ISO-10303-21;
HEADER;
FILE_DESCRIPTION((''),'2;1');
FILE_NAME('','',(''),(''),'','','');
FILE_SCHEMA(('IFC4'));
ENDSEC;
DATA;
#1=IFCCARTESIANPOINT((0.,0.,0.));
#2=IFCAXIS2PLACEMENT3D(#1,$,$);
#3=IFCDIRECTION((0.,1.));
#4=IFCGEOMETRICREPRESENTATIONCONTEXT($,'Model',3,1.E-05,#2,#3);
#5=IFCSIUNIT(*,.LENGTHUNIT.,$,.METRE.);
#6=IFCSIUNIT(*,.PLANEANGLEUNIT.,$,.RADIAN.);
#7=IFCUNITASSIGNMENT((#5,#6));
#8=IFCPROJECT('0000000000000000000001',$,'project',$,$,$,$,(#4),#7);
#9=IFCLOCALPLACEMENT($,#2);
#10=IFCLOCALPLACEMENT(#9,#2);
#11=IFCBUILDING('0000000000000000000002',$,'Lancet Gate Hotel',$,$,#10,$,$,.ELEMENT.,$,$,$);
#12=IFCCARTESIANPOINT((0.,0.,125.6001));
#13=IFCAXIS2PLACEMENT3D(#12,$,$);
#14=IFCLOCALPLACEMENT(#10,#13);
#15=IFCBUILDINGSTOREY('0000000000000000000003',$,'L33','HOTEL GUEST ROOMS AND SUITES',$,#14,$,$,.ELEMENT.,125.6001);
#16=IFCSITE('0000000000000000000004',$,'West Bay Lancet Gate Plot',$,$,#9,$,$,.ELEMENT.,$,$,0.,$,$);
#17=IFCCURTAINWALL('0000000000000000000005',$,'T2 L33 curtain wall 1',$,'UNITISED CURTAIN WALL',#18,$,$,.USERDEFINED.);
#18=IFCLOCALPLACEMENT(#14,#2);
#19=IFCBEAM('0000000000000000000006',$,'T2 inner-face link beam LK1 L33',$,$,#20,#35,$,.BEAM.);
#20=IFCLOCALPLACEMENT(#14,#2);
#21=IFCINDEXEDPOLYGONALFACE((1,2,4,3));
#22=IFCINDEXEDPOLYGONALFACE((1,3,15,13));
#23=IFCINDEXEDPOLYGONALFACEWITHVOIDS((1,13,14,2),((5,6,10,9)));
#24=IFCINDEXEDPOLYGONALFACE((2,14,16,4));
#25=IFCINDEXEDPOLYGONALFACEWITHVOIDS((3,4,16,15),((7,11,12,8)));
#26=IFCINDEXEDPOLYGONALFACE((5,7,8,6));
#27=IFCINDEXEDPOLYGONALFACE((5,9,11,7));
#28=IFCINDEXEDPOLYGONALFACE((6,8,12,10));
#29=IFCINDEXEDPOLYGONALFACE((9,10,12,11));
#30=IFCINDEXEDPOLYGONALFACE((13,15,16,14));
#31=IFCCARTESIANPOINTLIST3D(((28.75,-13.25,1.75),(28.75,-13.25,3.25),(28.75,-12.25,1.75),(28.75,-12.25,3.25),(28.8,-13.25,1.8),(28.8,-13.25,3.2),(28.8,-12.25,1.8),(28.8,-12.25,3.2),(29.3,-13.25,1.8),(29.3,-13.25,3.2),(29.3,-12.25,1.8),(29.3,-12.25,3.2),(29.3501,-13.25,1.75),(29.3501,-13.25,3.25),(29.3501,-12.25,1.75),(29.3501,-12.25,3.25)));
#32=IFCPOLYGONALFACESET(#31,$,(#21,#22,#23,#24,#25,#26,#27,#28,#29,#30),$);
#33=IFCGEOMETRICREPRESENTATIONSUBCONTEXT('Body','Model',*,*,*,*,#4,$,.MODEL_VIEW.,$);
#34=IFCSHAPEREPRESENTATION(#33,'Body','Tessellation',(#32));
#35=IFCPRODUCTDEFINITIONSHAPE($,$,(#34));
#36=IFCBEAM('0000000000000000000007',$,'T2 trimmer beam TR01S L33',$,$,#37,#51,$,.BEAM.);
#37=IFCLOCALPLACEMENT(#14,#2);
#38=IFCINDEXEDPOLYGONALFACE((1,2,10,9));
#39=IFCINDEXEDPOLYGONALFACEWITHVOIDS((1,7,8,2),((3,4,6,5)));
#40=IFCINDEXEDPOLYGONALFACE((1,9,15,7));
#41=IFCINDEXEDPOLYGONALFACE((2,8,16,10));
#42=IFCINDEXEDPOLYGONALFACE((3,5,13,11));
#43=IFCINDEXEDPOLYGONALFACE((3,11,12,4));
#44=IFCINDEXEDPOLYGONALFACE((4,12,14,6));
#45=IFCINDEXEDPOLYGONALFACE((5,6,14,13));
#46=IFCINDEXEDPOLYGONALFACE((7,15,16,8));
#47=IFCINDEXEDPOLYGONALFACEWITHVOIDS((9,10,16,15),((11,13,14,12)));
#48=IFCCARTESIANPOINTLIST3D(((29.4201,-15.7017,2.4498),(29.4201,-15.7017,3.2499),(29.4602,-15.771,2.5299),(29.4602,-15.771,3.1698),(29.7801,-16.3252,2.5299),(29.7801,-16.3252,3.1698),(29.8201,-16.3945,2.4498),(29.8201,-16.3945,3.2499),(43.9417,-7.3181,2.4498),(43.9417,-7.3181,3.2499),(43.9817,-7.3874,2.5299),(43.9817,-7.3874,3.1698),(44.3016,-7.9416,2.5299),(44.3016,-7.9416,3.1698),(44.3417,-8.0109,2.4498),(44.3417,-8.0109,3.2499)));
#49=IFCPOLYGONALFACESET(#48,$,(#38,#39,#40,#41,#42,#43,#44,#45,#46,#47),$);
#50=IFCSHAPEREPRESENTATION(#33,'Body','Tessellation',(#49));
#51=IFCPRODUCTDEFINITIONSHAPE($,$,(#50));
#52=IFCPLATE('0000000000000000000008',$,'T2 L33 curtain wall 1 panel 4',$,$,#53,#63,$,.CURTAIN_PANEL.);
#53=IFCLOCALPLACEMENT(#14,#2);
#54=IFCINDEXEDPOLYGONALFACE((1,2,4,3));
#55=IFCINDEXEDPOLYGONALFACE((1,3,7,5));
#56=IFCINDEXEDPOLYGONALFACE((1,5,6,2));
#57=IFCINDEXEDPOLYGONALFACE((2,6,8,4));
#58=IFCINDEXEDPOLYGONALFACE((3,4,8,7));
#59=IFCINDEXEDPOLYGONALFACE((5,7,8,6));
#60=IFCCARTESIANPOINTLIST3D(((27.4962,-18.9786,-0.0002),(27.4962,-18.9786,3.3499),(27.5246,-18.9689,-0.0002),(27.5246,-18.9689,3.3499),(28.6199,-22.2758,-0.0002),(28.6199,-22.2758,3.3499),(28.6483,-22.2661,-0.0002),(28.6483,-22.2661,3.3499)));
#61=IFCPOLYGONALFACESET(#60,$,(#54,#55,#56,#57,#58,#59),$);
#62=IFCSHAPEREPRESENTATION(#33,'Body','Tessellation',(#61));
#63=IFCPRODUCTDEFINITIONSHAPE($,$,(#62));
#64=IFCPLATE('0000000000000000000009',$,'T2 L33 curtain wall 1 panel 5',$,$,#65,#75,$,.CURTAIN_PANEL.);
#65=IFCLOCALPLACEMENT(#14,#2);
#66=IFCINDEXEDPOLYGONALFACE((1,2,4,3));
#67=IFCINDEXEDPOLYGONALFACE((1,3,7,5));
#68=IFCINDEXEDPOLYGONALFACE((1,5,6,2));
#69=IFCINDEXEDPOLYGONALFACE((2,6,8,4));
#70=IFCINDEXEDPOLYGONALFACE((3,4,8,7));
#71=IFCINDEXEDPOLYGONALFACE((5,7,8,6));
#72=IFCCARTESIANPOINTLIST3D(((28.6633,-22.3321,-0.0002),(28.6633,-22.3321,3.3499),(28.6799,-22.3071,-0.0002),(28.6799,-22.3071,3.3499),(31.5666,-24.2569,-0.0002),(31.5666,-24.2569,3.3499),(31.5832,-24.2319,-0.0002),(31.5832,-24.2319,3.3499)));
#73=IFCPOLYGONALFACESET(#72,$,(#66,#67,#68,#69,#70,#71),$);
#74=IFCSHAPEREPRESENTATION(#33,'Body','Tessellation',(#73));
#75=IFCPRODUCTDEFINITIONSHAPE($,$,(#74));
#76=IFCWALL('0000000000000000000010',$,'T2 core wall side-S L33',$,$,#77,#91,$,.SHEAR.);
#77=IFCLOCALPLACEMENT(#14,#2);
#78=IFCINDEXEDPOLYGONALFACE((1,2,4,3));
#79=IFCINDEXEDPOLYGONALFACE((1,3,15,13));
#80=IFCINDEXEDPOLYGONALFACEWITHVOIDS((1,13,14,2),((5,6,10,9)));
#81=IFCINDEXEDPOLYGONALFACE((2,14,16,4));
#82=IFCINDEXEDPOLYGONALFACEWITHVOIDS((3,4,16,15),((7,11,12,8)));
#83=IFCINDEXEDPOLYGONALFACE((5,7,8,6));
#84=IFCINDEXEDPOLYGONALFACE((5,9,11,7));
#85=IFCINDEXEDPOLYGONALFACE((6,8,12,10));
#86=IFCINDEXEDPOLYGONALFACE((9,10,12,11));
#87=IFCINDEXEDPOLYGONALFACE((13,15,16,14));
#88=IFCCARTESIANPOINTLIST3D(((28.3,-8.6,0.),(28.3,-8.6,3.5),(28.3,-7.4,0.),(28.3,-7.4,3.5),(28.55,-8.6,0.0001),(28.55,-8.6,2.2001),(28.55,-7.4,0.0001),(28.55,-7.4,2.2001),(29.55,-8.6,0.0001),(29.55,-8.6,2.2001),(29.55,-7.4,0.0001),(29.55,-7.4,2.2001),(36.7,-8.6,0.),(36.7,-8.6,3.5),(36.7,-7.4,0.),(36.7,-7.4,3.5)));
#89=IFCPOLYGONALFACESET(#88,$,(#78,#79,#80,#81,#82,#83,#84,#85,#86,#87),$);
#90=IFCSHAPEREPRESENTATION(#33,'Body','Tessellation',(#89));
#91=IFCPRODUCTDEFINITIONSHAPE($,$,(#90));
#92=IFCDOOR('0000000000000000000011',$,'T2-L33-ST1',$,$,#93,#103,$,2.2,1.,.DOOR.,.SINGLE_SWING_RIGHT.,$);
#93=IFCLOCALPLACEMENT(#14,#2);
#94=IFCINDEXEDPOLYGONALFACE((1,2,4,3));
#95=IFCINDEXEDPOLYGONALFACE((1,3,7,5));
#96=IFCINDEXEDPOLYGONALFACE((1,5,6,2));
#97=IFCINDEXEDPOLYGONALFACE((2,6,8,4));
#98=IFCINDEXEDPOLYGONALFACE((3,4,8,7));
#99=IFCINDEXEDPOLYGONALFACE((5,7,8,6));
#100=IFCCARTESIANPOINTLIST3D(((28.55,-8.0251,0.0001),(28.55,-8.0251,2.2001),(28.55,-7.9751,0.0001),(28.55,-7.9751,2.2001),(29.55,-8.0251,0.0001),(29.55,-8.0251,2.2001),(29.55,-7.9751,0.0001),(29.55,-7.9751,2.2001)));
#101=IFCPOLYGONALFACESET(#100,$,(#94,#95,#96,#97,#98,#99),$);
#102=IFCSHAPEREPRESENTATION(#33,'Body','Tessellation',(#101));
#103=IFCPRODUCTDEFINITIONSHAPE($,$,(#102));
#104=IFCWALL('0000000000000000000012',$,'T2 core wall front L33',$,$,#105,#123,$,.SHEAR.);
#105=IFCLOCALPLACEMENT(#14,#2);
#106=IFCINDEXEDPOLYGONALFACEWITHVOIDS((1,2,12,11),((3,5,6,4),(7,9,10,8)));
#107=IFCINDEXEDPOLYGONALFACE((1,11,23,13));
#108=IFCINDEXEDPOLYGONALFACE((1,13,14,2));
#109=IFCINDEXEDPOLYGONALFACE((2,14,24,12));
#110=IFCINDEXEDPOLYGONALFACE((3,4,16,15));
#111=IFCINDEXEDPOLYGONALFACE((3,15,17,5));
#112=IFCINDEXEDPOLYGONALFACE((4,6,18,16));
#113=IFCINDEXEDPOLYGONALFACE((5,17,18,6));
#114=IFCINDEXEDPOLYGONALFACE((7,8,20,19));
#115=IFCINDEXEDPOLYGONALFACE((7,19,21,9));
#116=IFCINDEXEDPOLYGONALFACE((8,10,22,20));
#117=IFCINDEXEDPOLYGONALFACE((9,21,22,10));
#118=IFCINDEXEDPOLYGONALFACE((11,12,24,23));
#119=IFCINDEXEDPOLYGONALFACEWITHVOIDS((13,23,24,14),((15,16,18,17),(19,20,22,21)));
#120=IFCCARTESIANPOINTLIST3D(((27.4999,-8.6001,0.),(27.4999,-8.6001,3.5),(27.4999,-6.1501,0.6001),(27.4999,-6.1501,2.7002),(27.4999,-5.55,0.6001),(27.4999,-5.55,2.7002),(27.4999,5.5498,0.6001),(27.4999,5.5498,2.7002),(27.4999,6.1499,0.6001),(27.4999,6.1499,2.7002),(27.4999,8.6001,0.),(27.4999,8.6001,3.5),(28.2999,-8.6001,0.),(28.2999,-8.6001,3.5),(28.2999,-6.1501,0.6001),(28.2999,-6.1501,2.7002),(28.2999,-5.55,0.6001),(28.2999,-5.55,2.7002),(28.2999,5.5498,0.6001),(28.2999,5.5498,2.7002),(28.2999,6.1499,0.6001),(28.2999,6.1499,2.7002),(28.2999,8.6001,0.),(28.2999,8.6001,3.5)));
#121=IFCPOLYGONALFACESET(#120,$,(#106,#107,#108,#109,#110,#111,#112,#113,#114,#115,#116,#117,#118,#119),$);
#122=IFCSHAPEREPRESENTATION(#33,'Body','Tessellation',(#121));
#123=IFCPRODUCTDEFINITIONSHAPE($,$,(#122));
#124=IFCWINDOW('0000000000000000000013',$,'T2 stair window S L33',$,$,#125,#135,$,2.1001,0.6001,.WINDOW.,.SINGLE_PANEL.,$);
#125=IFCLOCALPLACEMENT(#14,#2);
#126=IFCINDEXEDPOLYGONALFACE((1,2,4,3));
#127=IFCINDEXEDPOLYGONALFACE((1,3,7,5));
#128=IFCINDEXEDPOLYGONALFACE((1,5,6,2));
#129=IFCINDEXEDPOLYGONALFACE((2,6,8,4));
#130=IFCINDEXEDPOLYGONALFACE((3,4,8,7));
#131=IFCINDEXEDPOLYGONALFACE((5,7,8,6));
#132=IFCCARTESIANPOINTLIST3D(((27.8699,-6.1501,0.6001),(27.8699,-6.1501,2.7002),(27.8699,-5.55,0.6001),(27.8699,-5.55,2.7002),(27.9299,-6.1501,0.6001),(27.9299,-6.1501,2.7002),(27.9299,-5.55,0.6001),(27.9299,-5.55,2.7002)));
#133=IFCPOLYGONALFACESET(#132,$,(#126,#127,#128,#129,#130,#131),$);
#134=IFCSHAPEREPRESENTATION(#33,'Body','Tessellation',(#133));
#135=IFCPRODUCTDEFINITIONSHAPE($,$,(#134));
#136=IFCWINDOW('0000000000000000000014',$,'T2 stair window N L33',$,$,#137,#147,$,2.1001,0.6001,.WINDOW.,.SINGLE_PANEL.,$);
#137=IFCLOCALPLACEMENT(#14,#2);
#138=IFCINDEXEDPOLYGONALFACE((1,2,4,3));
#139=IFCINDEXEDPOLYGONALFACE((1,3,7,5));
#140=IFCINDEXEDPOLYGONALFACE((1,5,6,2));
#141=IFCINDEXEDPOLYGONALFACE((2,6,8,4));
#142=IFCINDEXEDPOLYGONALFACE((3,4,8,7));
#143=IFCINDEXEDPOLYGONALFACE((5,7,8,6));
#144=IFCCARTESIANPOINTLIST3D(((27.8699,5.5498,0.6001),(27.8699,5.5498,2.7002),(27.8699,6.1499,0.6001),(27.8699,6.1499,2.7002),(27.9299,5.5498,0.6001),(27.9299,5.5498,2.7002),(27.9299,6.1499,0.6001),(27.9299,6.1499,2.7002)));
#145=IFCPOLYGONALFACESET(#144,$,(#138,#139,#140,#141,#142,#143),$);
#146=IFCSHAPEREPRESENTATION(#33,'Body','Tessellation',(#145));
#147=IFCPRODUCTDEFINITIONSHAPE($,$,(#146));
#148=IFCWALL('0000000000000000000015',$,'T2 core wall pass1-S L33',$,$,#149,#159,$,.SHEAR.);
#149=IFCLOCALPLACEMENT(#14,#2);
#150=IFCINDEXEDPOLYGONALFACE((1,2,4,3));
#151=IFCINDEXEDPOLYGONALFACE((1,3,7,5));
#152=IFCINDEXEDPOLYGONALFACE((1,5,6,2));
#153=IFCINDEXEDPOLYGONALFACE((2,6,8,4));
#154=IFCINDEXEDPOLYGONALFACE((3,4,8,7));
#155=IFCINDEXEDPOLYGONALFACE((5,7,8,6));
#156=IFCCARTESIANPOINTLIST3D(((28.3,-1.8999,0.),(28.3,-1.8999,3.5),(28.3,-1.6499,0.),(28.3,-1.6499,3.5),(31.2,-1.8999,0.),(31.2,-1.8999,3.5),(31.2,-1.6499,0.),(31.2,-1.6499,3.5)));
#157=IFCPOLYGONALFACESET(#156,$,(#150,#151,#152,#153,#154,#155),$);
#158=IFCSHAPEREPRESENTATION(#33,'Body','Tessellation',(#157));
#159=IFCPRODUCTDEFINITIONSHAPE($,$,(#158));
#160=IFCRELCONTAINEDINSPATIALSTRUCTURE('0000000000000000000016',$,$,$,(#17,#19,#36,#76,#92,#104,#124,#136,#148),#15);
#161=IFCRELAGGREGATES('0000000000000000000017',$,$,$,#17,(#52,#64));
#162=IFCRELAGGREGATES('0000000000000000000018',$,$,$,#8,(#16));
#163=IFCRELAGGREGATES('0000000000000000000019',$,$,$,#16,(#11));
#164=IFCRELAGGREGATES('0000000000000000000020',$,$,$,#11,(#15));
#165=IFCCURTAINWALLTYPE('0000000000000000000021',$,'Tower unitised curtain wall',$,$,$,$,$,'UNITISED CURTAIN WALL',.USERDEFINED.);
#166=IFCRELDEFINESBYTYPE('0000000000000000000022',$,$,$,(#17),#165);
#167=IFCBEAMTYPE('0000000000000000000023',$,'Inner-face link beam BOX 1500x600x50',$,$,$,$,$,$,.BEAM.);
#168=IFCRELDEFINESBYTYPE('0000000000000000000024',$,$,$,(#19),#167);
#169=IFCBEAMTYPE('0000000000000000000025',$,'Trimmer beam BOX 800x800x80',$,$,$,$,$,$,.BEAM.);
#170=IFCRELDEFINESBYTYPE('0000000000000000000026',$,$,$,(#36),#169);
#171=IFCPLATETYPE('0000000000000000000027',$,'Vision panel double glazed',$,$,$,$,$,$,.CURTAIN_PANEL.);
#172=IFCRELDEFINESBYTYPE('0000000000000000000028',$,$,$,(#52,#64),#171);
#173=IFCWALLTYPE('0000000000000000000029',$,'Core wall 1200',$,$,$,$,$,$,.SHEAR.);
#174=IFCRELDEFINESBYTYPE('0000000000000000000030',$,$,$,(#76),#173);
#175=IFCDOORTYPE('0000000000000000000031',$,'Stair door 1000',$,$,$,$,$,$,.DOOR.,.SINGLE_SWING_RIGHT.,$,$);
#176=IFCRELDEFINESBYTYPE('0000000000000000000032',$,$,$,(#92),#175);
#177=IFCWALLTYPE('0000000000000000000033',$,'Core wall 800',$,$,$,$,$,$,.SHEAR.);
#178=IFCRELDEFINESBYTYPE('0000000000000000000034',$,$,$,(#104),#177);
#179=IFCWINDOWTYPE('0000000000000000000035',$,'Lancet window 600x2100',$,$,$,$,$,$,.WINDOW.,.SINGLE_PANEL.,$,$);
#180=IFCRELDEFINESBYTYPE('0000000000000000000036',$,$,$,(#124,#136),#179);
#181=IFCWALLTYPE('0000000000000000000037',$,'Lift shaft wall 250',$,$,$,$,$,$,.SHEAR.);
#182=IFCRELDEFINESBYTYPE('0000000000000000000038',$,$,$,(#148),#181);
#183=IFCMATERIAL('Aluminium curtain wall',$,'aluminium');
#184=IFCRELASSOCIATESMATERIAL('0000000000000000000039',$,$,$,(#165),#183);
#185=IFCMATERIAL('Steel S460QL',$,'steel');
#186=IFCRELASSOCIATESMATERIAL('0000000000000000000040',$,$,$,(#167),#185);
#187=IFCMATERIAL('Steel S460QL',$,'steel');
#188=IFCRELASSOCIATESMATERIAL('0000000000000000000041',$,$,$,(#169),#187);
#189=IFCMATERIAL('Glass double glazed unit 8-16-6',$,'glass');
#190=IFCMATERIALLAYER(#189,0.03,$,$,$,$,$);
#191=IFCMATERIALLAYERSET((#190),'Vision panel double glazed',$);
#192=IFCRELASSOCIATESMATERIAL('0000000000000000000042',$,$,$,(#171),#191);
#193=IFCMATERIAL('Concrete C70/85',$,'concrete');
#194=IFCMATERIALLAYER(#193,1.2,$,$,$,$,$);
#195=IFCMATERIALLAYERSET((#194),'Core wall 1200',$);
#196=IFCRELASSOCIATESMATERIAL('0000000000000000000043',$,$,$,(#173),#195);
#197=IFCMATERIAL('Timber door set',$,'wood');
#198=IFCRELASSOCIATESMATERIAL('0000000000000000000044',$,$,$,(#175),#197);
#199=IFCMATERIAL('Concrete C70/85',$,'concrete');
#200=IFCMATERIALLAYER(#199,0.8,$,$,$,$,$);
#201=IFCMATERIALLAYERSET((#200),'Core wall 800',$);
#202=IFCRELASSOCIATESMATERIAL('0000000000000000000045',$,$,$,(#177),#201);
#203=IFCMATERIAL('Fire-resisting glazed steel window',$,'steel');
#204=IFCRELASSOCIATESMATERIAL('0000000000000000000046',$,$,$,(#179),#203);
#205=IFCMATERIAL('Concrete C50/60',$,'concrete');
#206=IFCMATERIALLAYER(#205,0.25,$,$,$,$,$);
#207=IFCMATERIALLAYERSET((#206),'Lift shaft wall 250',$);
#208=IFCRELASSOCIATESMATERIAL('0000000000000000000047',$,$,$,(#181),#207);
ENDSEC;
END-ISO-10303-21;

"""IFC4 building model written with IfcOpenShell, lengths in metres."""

from ifc_helpers import new_model, si_unit, direction, frame, frame_2d, origin, origin_2d, place, context, subcontext, project, spatial, rectangle, hollow_rectangle, extrude, material, layer, layer_set, material_profile, profile_set, type_object, element, fill, aggregate, save


model = new_model("IFC4")

# Units and contexts
model_context = context("Model", 3, precision=1e-05, world=origin(), true_north=direction((0.0, 1.0)))
body_context = subcontext(model_context, "Body", "Model", "MODEL_VIEW")
ifc_project = project(units=[si_unit("LENGTHUNIT", "METRE"), si_unit("PLANEANGLEUNIT", "RADIAN")], contexts=[model_context])

# Site, building, storey
site_placement = place(None, origin())
site = spatial("IfcSite", under=ifc_project, at=site_placement, Name="West Bay Lancet Gate Plot", CompositionType="ELEMENT", RefElevation=0.0)
building_placement = place(site_placement, origin())
building = spatial("IfcBuilding", under=site, at=building_placement, Name="Lancet Gate Hotel", CompositionType="ELEMENT")
storey_placement = place(building_placement, frame((0.0, 0.0, 125.6001)))
storey = spatial("IfcBuildingStorey", under=building, at=storey_placement, Name="L33", Description="HOTEL GUEST ROOMS AND SUITES", CompositionType="ELEMENT", Elevation=125.6001)

# Curtain wall
ifc_material_1 = material(Name="Aluminium curtain wall", Category="aluminium")
curtain_wall_type = type_object("IfcCurtainWallType", Name="Tower unitised curtain wall", ElementType="UNITISED CURTAIN WALL", PredefinedType="USERDEFINED", material=ifc_material_1)
curtain_wall_placement = place(storey_placement, origin())
curtain_wall = element("IfcCurtainWall", 1, at=curtain_wall_placement, inside=storey, type_object=curtain_wall_type, Name="T2 L33 curtain wall 1", ObjectType="UNITISED CURTAIN WALL", PredefinedType="USERDEFINED")

# Beams
ifc_material_2 = material(Name="Steel S460QL", Category="steel")
ifc_material_profile_1 = material_profile(ifc_material_2, hollow_rectangle(XDim=0.6001, YDim=1.5, WallThickness=0.05, at=origin_2d()), Name="BOX 1500x600x50")
ifc_profile_set_1 = profile_set([ifc_material_profile_1], Name="Steel S460QL")
beam_type_1 = type_object("IfcBeamType", Name="Inner-face link beam BOX 1500x600x50", PredefinedType="BEAM", material=ifc_profile_set_1)
beam_1_placement = place(storey_placement, frame((29.05, -13.25, 2.5), z_axis=(0.0, 1.0, 0.0), x_axis=(-1.0, 0.0, 0.0)))
element("IfcBeam", 2, at=beam_1_placement, inside=storey, type_object=beam_type_1, Name="T2 inner-face link beam LK1 L33", PredefinedType="BEAM", context=body_context, shape_type="SweptSolid", body=[
    extrude(hollow_rectangle(XDim=0.6001, YDim=1.5, WallThickness=0.05, at=origin_2d()), origin(), (0.0, 0.0, 1.0), 1.0),
])
ifc_material_3 = material(Name="Steel S460QL", Category="steel")
ifc_material_profile_2 = material_profile(ifc_material_3, hollow_rectangle(XDim=0.8, YDim=0.8, WallThickness=0.0801, at=origin_2d()), Name="BOX 800x800x80")
ifc_profile_set_2 = profile_set([ifc_material_profile_2], Name="Steel S460QL")
beam_type_2 = type_object("IfcBeamType", Name="Trimmer beam BOX 800x800x80", PredefinedType="BEAM", material=ifc_profile_set_2)
beam_2_placement = place(storey_placement, frame((29.6201, -16.0481, 2.8499), z_axis=(0.866037, 0.49998, 0.0), x_axis=(-0.49998, 0.866037, 0.0)))
element("IfcBeam", 3, at=beam_2_placement, inside=storey, type_object=beam_type_2, Name="T2 trimmer beam TR01S L33", PredefinedType="BEAM", context=body_context, shape_type="SweptSolid", body=[
    extrude(hollow_rectangle(XDim=0.8, YDim=0.8, WallThickness=0.0801, at=origin_2d()), origin(), (0.0, 0.0, 1.0), 16.7678),
])

# Plates
ifc_material_4 = material(Name="Glass double glazed unit 8-16-6", Category="glass")
ifc_layer_1 = layer(ifc_material_4, 0.03)
ifc_layer_set_1 = layer_set([ifc_layer_1], Name="Vision panel double glazed")
plate_type = type_object("IfcPlateType", Name="Vision panel double glazed", PredefinedType="CURTAIN_PANEL", material=ifc_layer_set_1)
plate_1_placement = place(storey_placement, frame((28.0723, -20.6223, -0.0002), z_axis=(0.0, 0.0, 1.0), x_axis=(0.322576, -0.946544, 0.0)))
plate_1 = element("IfcPlate", 4, at=plate_1_placement, type_object=plate_type, Name="T2 L33 curtain wall 1 panel 4", PredefinedType="CURTAIN_PANEL", context=body_context, shape_type="SweptSolid", body=[
    extrude(rectangle(XDim=3.4834, YDim=0.03, at=origin_2d()), origin(), (0.0, 0.0, 1.0), 3.3501),
])
plate_2_placement = place(storey_placement, frame((30.1233, -23.282, -0.0002), z_axis=(0.0, 0.0, 1.0), x_axis=(0.833465, -0.552573, 0.0)))
plate_2 = element("IfcPlate", 5, at=plate_2_placement, type_object=plate_type, Name="T2 L33 curtain wall 1 panel 5", PredefinedType="CURTAIN_PANEL", context=body_context, shape_type="SweptSolid", body=[
    extrude(rectangle(XDim=3.4834, YDim=0.03, at=origin_2d()), origin(), (0.0, 0.0, 1.0), 3.3501),
])
aggregate(curtain_wall, [plate_1, plate_2])

# Wall, opening, door
ifc_material_5 = material(Name="Concrete C70/85", Category="concrete")
ifc_layer_2 = layer(ifc_material_5, 1.2)
ifc_layer_set_2 = layer_set([ifc_layer_2], Name="Core wall 1200")
wall_type_1 = type_object("IfcWallType", Name="Core wall 1200", PredefinedType="SHEAR", material=ifc_layer_set_2)
wall_1_placement = place(storey_placement, frame((28.3, -8.0, 0.0), z_axis=(0.0, 0.0, 1.0), x_axis=(1.0, 0.0, 0.0)))
wall_1 = element("IfcWall", 6, at=wall_1_placement, inside=storey, type_object=wall_type_1, Name="T2 core wall side-S L33", PredefinedType="SHEAR", context=body_context, shape_type="SweptSolid", body=[
    extrude(rectangle(XDim=8.3999, YDim=1.2, at=frame_2d((4.2, 0.0))), origin(), (0.0, 0.0, 1.0), 3.5),
])
opening_1_placement = place(wall_1_placement, frame((0.25, 0.0, 0.0)))
opening_1 = element("IfcOpeningElement", 7, at=opening_1_placement, cuts=wall_1, PredefinedType="OPENING", context=body_context, shape_type="SweptSolid", body=[
    extrude(rectangle(XDim=1.0, YDim=2.2, at=frame_2d((0.5, 1.1001))), frame((0.0, 0.6099, 0.0), z_axis=(0.0, -1.0, 0.0), x_axis=(1.0, 0.0, 0.0)), (0.0, 0.0, 1.0), 1.22),
])
ifc_material_6 = material(Name="Timber door set", Category="wood")
door_type = type_object("IfcDoorType", Name="Stair door 1000", OperationType="SINGLE_SWING_RIGHT", PredefinedType="DOOR", material=ifc_material_6)
door_placement = place(opening_1_placement, origin())
door = element("IfcDoor", 8, at=door_placement, inside=storey, type_object=door_type, Name="T2-L33-ST1", OperationType="SINGLE_SWING_RIGHT", OverallHeight=2.2, OverallWidth=1.0, PredefinedType="DOOR", context=body_context, shape_type="SweptSolid", body=[
    extrude(rectangle(XDim=1.0, YDim=2.2, at=frame_2d((0.5, 1.1001))), frame((0.0, 0.0249, 0.0), z_axis=(0.0, -1.0, 0.0), x_axis=(1.0, 0.0, 0.0)), (0.0, 0.0, 1.0), 0.05),
])
fill(opening_1, door)

# Wall, openings, windows
ifc_material_7 = material(Name="Concrete C70/85", Category="concrete")
ifc_layer_3 = layer(ifc_material_7, 0.8)
ifc_layer_set_3 = layer_set([ifc_layer_3], Name="Core wall 800")
wall_type_2 = type_object("IfcWallType", Name="Core wall 800", PredefinedType="SHEAR", material=ifc_layer_set_3)
wall_2_placement = place(storey_placement, frame((27.8999, -8.6001, 0.0), z_axis=(0.0, 0.0, 1.0), x_axis=(0.0, 1.0, 0.0)))
wall_2 = element("IfcWall", 9, at=wall_2_placement, inside=storey, type_object=wall_type_2, Name="T2 core wall front L33", PredefinedType="SHEAR", context=body_context, shape_type="SweptSolid", body=[
    extrude(rectangle(XDim=17.2002, YDim=0.8, at=frame_2d((8.6001, 0.0))), origin(), (0.0, 0.0, 1.0), 3.5),
])
opening_2_placement = place(wall_2_placement, frame((2.45, 0.0, 0.6001)))
opening_2 = element("IfcOpeningElement", 10, at=opening_2_placement, cuts=wall_2, PredefinedType="OPENING", context=body_context, shape_type="SweptSolid", body=[
    extrude(rectangle(XDim=0.6001, YDim=2.1001, at=frame_2d((0.3, 1.05))), frame((0.0, 0.4099, 0.0), z_axis=(0.0, -1.0, 0.0), x_axis=(1.0, 0.0, 0.0)), (0.0, 0.0, 1.0), 0.8201),
])
opening_3_placement = place(wall_2_placement, frame((14.1499, 0.0, 0.6001)))
opening_3 = element("IfcOpeningElement", 11, at=opening_3_placement, cuts=wall_2, PredefinedType="OPENING", context=body_context, shape_type="SweptSolid", body=[
    extrude(rectangle(XDim=0.6001, YDim=2.1001, at=frame_2d((0.3, 1.05))), frame((0.0, 0.4099, 0.0), z_axis=(0.0, -1.0, 0.0), x_axis=(1.0, 0.0, 0.0)), (0.0, 0.0, 1.0), 0.8201),
])
ifc_material_8 = material(Name="Fire-resisting glazed steel window", Category="steel")
window_type = type_object("IfcWindowType", Name="Lancet window 600x2100", PartitioningType="SINGLE_PANEL", PredefinedType="WINDOW", material=ifc_material_8)
window_1_placement = place(opening_2_placement, origin())
window_1 = element("IfcWindow", 12, at=window_1_placement, inside=storey, type_object=window_type, Name="T2 stair window S L33", OverallHeight=2.1001, OverallWidth=0.6001, PartitioningType="SINGLE_PANEL", PredefinedType="WINDOW", context=body_context, shape_type="SweptSolid", body=[
    extrude(rectangle(XDim=0.6001, YDim=2.1001, at=frame_2d((0.3, 1.05))), frame((0.0, 0.03, 0.0), z_axis=(0.0, -1.0, 0.0), x_axis=(1.0, 0.0, 0.0)), (0.0, 0.0, 1.0), 0.0601),
])
fill(opening_2, window_1)
window_2_placement = place(opening_3_placement, origin())
window_2 = element("IfcWindow", 13, at=window_2_placement, inside=storey, type_object=window_type, Name="T2 stair window N L33", OverallHeight=2.1001, OverallWidth=0.6001, PartitioningType="SINGLE_PANEL", PredefinedType="WINDOW", context=body_context, shape_type="SweptSolid", body=[
    extrude(rectangle(XDim=0.6001, YDim=2.1001, at=frame_2d((0.3, 1.05))), frame((0.0, 0.03, 0.0), z_axis=(0.0, -1.0, 0.0), x_axis=(1.0, 0.0, 0.0)), (0.0, 0.0, 1.0), 0.0601),
])
fill(opening_3, window_2)

# Wall
ifc_material_9 = material(Name="Concrete C50/60", Category="concrete")
ifc_layer_4 = layer(ifc_material_9, 0.25)
ifc_layer_set_4 = layer_set([ifc_layer_4], Name="Lift shaft wall 250")
wall_type_3 = type_object("IfcWallType", Name="Lift shaft wall 250", PredefinedType="SHEAR", material=ifc_layer_set_4)
wall_3_placement = place(storey_placement, frame((28.3, -1.7749, 0.0), z_axis=(0.0, 0.0, 1.0), x_axis=(1.0, 0.0, 0.0)))
element("IfcWall", 14, at=wall_3_placement, inside=storey, type_object=wall_type_3, Name="T2 core wall pass1-S L33", PredefinedType="SHEAR", context=body_context, shape_type="SweptSolid", body=[
    extrude(rectangle(XDim=2.8999, YDim=0.25, at=frame_2d((1.45, 0.0))), origin(), (0.0, 0.0, 1.0), 3.5),
])

save(model, "model.ifc")
